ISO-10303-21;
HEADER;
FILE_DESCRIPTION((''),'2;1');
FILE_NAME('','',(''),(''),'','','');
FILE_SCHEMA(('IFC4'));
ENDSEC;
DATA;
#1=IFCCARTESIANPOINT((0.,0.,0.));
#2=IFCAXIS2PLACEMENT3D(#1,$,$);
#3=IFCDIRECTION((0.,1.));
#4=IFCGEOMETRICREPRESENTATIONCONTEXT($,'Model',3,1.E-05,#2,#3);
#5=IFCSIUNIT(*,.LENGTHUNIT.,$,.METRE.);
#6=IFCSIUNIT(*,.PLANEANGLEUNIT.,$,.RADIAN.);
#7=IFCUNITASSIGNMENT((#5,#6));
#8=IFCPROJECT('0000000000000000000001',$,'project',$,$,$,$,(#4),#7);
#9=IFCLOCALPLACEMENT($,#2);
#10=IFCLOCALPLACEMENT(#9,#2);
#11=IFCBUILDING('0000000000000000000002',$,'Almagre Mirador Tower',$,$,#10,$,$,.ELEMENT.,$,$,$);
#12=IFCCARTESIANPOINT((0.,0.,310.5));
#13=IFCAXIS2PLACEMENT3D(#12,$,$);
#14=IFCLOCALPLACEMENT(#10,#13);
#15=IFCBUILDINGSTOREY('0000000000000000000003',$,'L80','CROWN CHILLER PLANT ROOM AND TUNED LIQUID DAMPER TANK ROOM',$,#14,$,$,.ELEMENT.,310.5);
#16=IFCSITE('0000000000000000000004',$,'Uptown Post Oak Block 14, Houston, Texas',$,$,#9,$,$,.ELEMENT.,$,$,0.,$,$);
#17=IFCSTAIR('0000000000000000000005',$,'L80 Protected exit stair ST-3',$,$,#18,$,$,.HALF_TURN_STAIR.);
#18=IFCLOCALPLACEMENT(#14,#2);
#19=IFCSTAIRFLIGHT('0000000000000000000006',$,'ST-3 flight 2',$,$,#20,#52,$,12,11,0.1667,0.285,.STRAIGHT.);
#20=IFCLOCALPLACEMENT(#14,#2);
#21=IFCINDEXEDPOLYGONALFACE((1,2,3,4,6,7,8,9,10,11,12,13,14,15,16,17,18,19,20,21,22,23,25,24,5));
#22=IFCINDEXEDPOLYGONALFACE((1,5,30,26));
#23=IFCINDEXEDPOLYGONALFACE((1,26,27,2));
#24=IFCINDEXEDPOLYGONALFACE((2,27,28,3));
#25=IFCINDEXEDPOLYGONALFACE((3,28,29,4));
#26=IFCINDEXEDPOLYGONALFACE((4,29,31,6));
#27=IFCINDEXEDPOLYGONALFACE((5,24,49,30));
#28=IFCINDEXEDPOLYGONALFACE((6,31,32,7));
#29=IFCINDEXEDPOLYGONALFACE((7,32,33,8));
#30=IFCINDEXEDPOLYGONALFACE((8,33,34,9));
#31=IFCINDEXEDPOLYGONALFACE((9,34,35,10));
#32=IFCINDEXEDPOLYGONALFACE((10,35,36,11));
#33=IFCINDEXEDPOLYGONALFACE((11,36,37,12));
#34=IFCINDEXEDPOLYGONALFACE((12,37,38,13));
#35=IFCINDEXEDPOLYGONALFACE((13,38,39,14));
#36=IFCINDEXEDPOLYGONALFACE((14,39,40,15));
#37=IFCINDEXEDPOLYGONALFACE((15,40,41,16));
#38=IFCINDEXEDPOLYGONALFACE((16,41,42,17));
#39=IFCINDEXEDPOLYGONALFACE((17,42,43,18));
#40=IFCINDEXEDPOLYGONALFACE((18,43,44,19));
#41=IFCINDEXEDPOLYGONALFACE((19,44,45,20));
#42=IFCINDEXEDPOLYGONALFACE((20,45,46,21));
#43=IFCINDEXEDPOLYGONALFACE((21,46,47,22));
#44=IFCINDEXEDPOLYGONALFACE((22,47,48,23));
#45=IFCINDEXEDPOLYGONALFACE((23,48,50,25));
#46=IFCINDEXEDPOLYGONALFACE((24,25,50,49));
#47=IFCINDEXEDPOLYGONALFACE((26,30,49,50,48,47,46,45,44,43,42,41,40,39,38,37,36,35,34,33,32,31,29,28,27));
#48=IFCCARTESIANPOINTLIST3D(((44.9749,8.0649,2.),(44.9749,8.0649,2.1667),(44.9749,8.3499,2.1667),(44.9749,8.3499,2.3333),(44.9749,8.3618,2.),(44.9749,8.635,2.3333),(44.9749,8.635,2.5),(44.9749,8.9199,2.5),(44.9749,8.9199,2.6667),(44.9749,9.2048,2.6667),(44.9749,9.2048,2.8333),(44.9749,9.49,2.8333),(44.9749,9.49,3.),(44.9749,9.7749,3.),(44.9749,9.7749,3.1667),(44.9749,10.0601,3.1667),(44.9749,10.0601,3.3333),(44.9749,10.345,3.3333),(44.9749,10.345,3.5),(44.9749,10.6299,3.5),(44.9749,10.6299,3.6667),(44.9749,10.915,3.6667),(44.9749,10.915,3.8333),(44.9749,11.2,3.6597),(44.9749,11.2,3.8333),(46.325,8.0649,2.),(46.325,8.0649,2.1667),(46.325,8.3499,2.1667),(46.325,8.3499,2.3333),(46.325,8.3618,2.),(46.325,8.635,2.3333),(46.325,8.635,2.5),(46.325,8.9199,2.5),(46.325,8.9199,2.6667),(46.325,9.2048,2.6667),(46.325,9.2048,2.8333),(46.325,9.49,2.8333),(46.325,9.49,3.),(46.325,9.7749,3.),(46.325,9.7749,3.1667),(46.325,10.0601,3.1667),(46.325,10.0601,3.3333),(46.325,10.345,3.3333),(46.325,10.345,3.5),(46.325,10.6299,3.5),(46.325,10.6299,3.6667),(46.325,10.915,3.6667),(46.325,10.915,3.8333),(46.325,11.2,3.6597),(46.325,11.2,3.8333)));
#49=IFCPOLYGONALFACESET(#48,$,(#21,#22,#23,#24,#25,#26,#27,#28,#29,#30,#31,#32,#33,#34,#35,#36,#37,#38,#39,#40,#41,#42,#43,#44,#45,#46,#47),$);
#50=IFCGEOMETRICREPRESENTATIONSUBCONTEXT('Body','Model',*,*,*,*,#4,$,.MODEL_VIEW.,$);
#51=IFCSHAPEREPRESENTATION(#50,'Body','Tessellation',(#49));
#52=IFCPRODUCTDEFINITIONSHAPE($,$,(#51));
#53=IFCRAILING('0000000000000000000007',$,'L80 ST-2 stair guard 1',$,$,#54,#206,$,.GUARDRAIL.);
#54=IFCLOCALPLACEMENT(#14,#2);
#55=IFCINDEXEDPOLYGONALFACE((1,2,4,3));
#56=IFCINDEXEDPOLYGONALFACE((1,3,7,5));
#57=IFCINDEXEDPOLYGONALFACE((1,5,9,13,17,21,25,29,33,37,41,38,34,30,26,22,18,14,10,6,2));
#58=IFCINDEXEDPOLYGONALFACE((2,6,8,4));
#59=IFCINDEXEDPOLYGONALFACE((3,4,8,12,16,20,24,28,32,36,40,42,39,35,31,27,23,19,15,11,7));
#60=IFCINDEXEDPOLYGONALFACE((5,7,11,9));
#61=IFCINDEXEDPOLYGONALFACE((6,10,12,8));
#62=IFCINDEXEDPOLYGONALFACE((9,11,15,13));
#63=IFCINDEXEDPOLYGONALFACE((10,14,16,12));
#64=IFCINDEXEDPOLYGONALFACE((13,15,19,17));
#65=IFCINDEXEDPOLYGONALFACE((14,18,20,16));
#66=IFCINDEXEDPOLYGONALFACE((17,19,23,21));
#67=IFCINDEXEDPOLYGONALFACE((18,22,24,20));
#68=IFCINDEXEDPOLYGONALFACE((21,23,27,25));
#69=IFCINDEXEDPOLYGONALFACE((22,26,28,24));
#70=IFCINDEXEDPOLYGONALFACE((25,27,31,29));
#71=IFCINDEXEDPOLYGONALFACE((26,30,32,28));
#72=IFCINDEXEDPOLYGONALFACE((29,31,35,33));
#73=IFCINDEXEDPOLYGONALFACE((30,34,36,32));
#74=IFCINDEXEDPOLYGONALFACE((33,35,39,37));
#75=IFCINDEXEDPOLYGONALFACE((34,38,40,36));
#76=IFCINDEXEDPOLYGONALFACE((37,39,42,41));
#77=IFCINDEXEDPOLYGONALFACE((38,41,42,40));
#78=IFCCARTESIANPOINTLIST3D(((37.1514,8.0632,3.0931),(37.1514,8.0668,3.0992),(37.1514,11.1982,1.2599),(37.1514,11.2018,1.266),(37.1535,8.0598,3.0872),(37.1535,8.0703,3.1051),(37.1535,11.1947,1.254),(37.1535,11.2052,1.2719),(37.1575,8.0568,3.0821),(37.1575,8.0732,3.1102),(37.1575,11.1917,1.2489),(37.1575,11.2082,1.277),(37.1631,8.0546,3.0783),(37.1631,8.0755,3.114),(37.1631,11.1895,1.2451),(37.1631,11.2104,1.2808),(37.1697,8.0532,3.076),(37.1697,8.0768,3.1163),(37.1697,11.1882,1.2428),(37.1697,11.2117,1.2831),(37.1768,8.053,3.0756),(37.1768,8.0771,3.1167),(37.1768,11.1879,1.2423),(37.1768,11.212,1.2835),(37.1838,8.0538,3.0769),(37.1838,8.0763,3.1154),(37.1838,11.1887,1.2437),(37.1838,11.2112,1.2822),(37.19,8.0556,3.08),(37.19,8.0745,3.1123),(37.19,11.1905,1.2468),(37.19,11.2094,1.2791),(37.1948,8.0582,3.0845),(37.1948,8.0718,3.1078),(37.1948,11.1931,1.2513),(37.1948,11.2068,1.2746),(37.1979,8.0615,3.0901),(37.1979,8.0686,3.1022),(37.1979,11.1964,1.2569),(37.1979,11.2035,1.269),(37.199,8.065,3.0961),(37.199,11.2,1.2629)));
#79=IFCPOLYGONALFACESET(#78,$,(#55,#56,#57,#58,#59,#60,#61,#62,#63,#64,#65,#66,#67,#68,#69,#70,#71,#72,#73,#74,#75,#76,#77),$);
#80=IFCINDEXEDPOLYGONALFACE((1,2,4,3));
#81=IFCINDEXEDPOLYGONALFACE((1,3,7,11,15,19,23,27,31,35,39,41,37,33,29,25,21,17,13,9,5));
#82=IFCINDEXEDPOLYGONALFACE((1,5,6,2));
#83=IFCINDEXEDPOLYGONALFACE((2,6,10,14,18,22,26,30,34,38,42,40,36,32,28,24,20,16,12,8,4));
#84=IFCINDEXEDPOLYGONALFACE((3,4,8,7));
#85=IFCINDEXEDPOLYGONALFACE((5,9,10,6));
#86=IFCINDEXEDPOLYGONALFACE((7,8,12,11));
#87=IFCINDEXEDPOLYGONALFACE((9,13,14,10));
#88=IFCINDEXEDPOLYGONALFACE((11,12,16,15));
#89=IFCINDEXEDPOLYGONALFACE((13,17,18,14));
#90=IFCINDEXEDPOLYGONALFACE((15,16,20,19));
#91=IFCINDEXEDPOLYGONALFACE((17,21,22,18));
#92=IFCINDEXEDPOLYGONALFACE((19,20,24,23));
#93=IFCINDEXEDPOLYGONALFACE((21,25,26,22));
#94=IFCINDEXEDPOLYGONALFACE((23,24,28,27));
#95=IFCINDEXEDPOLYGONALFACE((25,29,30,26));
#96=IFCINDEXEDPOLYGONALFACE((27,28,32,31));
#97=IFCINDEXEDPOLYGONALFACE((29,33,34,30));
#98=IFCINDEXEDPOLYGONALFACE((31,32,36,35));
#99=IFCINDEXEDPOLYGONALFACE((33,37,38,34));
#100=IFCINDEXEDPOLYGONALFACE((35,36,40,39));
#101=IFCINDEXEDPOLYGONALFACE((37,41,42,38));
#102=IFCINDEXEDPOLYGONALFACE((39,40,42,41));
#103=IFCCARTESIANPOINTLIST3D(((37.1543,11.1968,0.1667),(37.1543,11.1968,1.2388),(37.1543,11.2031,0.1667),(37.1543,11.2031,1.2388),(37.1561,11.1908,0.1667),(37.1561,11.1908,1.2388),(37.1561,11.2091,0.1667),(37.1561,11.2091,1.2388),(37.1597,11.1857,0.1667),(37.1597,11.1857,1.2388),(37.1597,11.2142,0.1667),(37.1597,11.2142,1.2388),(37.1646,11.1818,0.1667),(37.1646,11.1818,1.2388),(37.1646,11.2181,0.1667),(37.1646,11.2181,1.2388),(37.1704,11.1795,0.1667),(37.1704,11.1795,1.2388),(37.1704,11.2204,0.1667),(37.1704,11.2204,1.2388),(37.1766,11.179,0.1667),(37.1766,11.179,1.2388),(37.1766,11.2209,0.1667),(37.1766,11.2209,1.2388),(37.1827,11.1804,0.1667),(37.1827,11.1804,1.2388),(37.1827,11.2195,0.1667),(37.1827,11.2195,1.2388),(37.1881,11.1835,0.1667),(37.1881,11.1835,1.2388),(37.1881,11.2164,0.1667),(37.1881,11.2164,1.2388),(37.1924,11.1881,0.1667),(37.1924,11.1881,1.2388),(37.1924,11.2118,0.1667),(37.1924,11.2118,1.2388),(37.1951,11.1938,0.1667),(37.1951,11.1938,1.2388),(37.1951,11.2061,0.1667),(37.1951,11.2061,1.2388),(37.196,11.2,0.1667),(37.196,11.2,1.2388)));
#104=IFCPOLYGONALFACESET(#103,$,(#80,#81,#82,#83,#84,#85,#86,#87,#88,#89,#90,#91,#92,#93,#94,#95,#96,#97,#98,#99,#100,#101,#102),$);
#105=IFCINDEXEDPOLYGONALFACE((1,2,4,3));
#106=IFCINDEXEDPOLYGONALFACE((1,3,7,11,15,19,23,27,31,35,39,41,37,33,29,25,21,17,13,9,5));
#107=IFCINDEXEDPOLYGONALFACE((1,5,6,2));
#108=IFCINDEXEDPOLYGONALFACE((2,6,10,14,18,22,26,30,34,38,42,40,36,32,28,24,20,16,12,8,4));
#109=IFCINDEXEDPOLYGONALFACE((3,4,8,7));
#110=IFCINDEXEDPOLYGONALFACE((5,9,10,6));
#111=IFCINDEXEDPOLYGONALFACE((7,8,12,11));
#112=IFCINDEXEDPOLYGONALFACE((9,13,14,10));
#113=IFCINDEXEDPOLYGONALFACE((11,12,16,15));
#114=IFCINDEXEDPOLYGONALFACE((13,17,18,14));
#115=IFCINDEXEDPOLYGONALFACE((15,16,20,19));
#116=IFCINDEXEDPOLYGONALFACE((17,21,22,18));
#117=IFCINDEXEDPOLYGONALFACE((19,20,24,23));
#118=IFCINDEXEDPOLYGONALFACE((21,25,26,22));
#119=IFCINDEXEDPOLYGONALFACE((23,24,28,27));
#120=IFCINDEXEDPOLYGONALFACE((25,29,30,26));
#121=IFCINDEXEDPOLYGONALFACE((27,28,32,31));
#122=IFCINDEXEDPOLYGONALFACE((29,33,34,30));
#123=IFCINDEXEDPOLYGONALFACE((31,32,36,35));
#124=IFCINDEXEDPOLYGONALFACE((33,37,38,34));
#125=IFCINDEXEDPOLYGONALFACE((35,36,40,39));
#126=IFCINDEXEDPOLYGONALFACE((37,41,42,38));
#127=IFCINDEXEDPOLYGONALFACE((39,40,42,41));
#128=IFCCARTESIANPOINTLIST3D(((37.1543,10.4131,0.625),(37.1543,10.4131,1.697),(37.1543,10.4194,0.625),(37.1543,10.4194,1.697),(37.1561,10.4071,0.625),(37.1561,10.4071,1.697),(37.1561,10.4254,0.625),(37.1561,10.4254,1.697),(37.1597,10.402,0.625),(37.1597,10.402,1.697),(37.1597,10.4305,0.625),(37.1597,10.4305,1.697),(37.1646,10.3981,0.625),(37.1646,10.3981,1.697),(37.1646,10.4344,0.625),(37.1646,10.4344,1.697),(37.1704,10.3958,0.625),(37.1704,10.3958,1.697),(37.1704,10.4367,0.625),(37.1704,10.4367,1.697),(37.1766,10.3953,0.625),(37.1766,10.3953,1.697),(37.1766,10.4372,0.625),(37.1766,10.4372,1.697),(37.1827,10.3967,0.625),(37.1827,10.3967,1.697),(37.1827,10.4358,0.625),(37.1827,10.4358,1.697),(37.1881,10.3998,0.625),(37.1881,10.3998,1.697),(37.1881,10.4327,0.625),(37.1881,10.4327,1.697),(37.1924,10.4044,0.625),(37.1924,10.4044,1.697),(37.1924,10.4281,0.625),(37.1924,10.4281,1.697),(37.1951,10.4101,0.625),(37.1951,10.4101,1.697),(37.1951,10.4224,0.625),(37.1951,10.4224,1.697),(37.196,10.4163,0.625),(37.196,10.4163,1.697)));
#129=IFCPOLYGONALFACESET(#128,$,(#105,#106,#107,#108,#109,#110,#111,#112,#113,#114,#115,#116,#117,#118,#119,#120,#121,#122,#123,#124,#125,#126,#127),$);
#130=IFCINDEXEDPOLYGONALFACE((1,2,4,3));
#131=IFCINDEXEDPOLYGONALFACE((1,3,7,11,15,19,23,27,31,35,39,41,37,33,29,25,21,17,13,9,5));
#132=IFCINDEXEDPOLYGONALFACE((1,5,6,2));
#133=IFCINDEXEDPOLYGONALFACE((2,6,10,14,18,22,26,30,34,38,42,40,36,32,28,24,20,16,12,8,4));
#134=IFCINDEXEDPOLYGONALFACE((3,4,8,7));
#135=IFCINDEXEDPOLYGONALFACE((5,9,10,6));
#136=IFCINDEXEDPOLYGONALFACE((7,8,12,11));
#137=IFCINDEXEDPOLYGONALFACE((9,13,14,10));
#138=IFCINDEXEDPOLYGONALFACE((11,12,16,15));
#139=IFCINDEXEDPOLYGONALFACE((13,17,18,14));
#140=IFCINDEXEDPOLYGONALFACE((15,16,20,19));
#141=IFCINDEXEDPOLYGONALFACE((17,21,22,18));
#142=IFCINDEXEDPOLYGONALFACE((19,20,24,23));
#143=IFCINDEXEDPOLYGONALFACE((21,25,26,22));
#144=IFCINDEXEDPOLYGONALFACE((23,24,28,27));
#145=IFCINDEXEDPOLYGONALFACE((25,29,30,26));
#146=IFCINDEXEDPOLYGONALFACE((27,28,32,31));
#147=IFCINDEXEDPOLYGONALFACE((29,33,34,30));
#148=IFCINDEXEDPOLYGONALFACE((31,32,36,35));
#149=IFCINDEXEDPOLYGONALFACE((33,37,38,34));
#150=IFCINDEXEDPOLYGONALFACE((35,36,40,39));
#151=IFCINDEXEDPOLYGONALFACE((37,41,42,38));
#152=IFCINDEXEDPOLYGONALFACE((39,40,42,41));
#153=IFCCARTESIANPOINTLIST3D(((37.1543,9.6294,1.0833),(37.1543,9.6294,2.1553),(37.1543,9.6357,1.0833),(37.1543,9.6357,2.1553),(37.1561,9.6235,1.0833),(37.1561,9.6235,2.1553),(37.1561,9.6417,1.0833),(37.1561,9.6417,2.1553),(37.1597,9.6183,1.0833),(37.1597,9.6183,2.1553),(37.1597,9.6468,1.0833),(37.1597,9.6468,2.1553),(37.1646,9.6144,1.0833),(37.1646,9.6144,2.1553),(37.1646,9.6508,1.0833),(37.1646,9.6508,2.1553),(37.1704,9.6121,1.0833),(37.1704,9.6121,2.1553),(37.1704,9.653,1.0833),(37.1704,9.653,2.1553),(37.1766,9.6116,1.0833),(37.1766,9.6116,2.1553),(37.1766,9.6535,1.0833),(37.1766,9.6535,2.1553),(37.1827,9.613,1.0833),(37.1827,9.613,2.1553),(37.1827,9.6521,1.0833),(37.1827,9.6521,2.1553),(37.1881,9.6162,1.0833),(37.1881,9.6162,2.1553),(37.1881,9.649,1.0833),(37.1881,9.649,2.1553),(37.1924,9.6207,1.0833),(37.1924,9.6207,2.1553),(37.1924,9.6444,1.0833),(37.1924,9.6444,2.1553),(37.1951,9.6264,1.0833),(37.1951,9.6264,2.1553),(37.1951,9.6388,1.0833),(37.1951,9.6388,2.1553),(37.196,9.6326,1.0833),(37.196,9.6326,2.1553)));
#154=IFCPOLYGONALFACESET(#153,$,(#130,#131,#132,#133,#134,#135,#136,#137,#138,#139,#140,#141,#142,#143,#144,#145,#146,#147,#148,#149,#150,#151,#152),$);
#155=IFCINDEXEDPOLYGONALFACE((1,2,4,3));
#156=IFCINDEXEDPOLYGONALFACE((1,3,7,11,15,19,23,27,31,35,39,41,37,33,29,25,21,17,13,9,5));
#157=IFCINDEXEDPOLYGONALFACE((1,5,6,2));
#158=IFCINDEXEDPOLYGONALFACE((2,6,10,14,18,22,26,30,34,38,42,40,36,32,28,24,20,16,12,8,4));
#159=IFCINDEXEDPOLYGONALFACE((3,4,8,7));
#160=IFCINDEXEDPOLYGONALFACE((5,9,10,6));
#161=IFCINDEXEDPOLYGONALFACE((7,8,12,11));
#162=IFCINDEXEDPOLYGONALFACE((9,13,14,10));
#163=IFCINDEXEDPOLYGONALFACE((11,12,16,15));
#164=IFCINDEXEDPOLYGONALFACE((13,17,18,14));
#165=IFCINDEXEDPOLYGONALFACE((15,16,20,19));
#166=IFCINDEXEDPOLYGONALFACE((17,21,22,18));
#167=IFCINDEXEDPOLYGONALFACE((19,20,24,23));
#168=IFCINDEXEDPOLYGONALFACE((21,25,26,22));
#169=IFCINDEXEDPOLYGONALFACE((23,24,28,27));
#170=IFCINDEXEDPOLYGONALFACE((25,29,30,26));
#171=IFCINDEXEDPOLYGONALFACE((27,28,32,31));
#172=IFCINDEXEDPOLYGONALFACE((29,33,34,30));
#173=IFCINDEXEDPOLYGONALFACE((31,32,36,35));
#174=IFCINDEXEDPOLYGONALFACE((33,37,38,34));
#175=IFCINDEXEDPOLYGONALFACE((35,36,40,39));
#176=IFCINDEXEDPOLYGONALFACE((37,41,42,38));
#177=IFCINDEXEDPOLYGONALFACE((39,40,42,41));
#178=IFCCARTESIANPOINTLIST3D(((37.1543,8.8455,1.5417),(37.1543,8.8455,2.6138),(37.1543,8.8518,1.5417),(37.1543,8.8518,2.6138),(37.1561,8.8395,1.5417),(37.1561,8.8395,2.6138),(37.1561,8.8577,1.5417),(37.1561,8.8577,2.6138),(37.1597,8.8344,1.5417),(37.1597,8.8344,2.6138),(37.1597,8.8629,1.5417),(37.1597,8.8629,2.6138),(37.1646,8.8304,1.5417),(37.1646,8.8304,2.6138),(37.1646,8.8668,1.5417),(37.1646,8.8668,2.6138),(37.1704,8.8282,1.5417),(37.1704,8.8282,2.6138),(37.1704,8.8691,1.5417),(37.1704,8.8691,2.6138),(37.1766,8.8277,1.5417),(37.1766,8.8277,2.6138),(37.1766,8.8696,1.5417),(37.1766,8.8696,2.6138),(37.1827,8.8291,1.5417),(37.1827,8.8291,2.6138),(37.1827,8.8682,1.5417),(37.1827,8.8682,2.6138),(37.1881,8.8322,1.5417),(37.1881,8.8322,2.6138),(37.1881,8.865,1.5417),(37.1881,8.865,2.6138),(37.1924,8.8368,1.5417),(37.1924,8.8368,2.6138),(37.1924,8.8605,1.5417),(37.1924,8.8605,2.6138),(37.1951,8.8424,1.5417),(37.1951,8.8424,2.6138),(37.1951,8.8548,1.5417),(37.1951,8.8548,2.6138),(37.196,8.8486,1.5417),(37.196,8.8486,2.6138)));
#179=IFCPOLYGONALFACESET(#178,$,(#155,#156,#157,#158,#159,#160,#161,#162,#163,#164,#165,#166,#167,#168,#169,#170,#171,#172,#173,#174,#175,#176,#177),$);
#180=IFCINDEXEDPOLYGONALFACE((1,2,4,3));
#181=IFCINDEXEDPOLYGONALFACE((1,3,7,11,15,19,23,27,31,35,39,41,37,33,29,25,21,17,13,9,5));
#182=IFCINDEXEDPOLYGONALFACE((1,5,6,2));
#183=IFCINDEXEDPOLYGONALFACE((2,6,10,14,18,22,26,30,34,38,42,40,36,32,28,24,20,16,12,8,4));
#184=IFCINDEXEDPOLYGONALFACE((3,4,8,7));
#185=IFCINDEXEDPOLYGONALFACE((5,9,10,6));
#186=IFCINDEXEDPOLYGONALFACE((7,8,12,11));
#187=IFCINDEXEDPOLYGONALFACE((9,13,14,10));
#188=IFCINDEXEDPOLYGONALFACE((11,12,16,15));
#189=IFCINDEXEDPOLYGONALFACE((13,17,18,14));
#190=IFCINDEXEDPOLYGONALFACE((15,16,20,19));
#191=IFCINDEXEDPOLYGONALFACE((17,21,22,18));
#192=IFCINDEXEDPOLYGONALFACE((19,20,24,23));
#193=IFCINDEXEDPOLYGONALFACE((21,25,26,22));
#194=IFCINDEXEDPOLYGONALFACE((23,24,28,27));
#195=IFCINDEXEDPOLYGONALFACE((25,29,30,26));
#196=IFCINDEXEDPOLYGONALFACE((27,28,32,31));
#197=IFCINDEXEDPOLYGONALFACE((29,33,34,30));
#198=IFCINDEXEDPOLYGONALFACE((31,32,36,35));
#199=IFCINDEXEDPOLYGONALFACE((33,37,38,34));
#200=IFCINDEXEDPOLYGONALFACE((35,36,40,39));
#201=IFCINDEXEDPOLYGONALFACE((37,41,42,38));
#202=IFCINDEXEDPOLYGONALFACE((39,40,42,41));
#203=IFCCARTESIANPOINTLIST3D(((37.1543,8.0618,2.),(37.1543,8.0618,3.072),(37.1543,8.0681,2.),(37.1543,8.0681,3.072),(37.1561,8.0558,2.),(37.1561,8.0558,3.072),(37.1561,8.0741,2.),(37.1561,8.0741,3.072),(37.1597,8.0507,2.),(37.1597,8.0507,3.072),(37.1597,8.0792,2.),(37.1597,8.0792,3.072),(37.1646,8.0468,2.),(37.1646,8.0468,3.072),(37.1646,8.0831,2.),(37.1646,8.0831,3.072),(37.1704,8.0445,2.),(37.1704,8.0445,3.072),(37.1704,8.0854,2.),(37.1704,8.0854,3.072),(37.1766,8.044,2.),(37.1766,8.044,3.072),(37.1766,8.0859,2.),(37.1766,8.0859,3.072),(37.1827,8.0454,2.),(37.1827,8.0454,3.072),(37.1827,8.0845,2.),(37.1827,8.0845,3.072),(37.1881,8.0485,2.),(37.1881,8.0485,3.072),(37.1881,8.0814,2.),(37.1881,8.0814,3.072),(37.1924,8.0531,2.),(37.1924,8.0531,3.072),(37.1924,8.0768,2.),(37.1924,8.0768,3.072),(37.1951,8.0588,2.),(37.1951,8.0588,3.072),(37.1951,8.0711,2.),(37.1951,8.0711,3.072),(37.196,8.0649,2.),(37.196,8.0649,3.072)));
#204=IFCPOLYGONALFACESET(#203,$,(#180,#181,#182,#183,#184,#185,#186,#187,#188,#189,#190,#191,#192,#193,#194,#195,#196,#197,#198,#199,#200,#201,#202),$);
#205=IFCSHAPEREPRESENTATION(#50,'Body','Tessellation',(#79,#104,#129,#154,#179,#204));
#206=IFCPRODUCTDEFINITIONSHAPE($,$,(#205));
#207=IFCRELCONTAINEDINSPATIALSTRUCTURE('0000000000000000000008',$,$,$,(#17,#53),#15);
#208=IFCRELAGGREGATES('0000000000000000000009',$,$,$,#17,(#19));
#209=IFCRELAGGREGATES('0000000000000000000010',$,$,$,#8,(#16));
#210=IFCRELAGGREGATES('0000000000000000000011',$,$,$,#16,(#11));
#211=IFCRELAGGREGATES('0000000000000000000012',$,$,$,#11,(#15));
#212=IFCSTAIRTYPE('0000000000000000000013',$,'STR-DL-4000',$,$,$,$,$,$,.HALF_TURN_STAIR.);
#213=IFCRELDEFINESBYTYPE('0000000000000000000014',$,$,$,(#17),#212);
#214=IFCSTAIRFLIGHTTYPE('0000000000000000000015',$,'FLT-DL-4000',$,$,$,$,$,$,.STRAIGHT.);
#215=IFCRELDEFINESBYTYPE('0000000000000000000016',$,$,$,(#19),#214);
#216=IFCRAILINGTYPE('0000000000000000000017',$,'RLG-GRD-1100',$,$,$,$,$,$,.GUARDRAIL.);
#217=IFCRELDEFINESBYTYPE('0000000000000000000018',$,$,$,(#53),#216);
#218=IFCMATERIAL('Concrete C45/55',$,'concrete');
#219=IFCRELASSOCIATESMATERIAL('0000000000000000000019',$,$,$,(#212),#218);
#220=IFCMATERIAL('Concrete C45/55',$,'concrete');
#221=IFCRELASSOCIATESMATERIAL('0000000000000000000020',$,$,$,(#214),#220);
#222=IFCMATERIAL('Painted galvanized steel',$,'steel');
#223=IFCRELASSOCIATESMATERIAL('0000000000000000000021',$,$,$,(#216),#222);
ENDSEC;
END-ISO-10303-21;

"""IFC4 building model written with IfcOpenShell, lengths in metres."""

from ifc_helpers import new_model, si_unit, direction, frame, origin, origin_2d, place, context, subcontext, project, spatial, polyline, circle, outline, extrude, material, type_object, element, aggregate, save


model = new_model("IFC4")

# Units and contexts
model_context = context("Model", 3, precision=1e-05, world=origin(), true_north=direction((0.0, 1.0)))
body_context = subcontext(model_context, "Body", "Model", "MODEL_VIEW")
ifc_project = project(units=[si_unit("LENGTHUNIT", "METRE"), si_unit("PLANEANGLEUNIT", "RADIAN")], contexts=[model_context])

# Site, building, storey
site_placement = place(None, origin())
site = spatial("IfcSite", under=ifc_project, at=site_placement, Name="Uptown Post Oak Block 14, Houston, Texas", CompositionType="ELEMENT", RefElevation=0.0)
building_placement = place(site_placement, origin())
building = spatial("IfcBuilding", under=site, at=building_placement, Name="Almagre Mirador Tower", CompositionType="ELEMENT")
storey_placement = place(building_placement, frame((0.0, 0.0, 310.5)))
storey = spatial("IfcBuildingStorey", under=building, at=storey_placement, Name="L80", Description="CROWN CHILLER PLANT ROOM AND TUNED LIQUID DAMPER TANK ROOM", CompositionType="ELEMENT", Elevation=310.5)

# Stair, stair flight
ifc_material_1 = material(Name="Concrete C45/55", Category="concrete")
stair_type = type_object("IfcStairType", Name="STR-DL-4000", PredefinedType="HALF_TURN_STAIR", material=ifc_material_1)
ifc_material_2 = material(Name="Concrete C45/55", Category="concrete")
stair_flight_type = type_object("IfcStairFlightType", Name="FLT-DL-4000", PredefinedType="STRAIGHT", material=ifc_material_2)
stair_1_placement = place(storey_placement, origin())
stair_1 = element("IfcStair", 1, at=stair_1_placement, inside=storey, type_object=stair_type, Name="L80 Protected exit stair ST-3", PredefinedType="HALF_TURN_STAIR")
stair_flight_1_placement = place(storey_placement, frame((45.6499, 8.0649, 2.0), z_axis=(0.0, 0.0, 1.0), x_axis=(0.0, 1.0, 0.0)))
stair_flight_1 = element("IfcStairFlight", 2, at=stair_flight_1_placement, type_object=stair_flight_type, Name="ST-3 flight 2", NumberOfRisers=12, NumberOfTreads=11, PredefinedType="STRAIGHT", RiserHeight=0.1667, TreadLength=0.285, context=body_context, shape_type="SweptSolid", body=[
    extrude(outline(polyline([(0.0, 0.0), (0.0, 0.1667), (0.2849, 0.1667), (0.2849, 0.3333), (0.5701, 0.3333), (0.5701, 0.5), (0.855, 0.5), (0.855, 0.6667), (1.1399, 0.6667), (1.1399, 0.8333), (1.425, 0.8333), (1.425, 1.0), (1.71, 1.0), (1.71, 1.1667), (1.9951, 1.1667), (1.9951, 1.3333), (2.28, 1.3333), (2.28, 1.5), (2.5649, 1.5), (2.5649, 1.6667), (2.8501, 1.6667), (2.8501, 1.8333), (3.135, 1.8333), (3.135, 2.0), (3.135, 1.6597), (0.2969, 0.0), (0.0, 0.0)])), frame((0.0, 0.675, 0.0), z_axis=(0.0, -1.0, 0.0), x_axis=(1.0, 0.0, 0.0)), (0.0, 0.0, 1.0), 1.3501),
])
aggregate(stair_1, [stair_flight_1])

# Railing
ifc_material_3 = material(Name="Painted galvanized steel", Category="steel")
railing_type_1 = type_object("IfcRailingType", Name="RLG-GRD-1100", PredefinedType="GUARDRAIL", material=ifc_material_3)
railing_1_placement = place(storey_placement, frame((37.175, 11.2, 0.1667)))
element("IfcRailing", 3, at=railing_1_placement, inside=storey, type_object=railing_type_1, Name="L80 ST-2 stair guard 1", PredefinedType="GUARDRAIL", context=body_context, shape_type="SweptSolid", body=[
    extrude(circle(Radius=0.0239, at=origin_2d()), frame((0.0, 0.0, 1.0962), z_axis=(0.0, -0.86324, 0.504794), x_axis=(1.0, 0.0, 0.0)), (0.0, 0.0, 1.0), 3.6316),
    extrude(circle(Radius=0.021, at=origin_2d()), origin(), (0.0, 0.0, 1.0), 1.072),
    extrude(circle(Radius=0.021, at=origin_2d()), frame((0.0, -0.7837, 0.4583)), (0.0, 0.0, 1.0), 1.072),
    extrude(circle(Radius=0.021, at=origin_2d()), frame((0.0, -1.5674, 0.9165)), (0.0, 0.0, 1.0), 1.072),
    extrude(circle(Radius=0.021, at=origin_2d()), frame((0.0, -2.3513, 1.375)), (0.0, 0.0, 1.0), 1.072),
    extrude(circle(Radius=0.021, at=origin_2d()), frame((0.0, -3.135, 1.8333)), (0.0, 0.0, 1.0), 1.072),
])

save(model, "model.ifc")
